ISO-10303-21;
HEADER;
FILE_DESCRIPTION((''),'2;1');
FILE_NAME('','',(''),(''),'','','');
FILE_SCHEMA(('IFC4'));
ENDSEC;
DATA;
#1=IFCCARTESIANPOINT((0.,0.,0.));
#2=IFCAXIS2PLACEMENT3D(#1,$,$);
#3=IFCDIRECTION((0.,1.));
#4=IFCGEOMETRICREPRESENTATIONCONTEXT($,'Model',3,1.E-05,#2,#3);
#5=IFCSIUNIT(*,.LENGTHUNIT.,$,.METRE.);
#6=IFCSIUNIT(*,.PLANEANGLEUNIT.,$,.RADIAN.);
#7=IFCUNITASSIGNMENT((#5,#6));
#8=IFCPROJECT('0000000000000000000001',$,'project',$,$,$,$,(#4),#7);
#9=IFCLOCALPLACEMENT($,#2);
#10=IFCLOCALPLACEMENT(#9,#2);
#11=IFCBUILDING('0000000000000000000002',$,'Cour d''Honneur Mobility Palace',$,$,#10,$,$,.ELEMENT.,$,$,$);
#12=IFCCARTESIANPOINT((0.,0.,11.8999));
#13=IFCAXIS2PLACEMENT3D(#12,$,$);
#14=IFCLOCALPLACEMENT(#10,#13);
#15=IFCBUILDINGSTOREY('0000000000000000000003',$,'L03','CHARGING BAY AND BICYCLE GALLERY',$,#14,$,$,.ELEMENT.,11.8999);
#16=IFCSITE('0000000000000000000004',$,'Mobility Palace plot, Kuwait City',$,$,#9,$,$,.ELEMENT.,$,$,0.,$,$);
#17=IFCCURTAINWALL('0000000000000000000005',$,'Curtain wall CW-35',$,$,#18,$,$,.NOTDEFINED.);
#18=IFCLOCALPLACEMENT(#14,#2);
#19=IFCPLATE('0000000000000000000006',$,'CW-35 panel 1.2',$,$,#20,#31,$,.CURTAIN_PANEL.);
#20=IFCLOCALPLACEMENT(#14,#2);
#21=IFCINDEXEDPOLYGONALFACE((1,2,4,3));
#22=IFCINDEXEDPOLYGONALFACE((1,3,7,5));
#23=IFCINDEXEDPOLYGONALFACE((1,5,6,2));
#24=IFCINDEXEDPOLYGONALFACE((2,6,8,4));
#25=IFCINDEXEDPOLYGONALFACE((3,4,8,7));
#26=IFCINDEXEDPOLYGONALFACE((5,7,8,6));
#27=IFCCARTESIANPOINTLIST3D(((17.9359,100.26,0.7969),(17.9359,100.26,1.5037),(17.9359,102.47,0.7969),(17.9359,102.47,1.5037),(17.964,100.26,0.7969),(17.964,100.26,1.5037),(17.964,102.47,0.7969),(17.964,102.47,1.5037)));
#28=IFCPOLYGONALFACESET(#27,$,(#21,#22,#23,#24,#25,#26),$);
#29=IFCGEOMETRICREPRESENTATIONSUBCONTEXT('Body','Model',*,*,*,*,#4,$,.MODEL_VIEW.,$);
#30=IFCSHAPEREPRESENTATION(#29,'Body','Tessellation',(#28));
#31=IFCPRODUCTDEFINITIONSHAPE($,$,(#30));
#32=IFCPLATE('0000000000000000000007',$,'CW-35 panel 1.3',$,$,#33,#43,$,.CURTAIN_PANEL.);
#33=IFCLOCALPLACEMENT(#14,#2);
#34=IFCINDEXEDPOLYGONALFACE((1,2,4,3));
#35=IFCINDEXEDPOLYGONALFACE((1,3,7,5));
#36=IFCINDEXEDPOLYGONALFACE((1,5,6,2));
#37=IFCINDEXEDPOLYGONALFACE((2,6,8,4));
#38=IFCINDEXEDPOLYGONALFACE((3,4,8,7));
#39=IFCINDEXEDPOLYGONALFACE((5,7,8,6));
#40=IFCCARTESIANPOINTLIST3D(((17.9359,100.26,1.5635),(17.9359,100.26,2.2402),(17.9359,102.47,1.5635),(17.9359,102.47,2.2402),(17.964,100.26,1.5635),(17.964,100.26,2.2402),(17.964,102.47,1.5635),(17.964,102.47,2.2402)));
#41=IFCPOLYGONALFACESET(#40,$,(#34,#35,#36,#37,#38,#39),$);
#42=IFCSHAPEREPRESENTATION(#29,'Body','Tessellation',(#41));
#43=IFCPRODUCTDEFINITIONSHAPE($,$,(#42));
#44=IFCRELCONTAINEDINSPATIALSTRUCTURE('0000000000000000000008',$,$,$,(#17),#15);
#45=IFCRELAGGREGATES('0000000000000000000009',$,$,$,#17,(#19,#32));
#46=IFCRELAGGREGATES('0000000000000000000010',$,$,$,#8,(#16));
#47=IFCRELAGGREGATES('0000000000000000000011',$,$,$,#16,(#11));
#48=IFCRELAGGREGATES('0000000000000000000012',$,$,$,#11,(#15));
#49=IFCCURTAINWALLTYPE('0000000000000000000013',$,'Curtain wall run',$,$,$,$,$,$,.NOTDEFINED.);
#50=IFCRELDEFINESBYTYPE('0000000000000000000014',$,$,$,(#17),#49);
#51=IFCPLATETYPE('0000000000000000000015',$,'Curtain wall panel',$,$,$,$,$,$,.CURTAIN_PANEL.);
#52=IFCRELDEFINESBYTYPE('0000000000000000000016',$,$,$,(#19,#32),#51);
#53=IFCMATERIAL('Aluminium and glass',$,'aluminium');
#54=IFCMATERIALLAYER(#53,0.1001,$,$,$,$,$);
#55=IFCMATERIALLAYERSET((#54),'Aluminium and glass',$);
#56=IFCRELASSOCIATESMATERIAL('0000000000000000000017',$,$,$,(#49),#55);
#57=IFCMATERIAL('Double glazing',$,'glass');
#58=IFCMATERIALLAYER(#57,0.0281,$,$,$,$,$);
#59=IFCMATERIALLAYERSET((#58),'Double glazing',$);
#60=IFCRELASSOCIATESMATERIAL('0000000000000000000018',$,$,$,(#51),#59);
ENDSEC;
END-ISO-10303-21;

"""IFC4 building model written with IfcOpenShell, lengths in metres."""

from ifc_helpers import new_model, si_unit, direction, frame, origin, origin_2d, place, context, subcontext, project, spatial, rectangle, extrude, material, layer, layer_set, type_object, element, aggregate, save


model = new_model("IFC4")

# Units and contexts
model_context = context("Model", 3, precision=1e-05, world=origin(), true_north=direction((0.0, 1.0)))
body_context = subcontext(model_context, "Body", "Model", "MODEL_VIEW")
ifc_project = project(units=[si_unit("LENGTHUNIT", "METRE"), si_unit("PLANEANGLEUNIT", "RADIAN")], contexts=[model_context])

# Site, building, storey
site_placement = place(None, origin())
site = spatial("IfcSite", under=ifc_project, at=site_placement, Name="Mobility Palace plot, Kuwait City", CompositionType="ELEMENT", RefElevation=0.0)
building_placement = place(site_placement, origin())
building = spatial("IfcBuilding", under=site, at=building_placement, Name="Cour d'Honneur Mobility Palace", CompositionType="ELEMENT")
storey_placement = place(building_placement, frame((0.0, 0.0, 11.8999)))
storey = spatial("IfcBuildingStorey", under=building, at=storey_placement, Name="L03", Description="CHARGING BAY AND BICYCLE GALLERY", CompositionType="ELEMENT", Elevation=11.8999)

# Curtain wall
ifc_material_1 = material(Name="Aluminium and glass", Category="aluminium")
ifc_layer_1 = layer(ifc_material_1, 0.1001)
ifc_layer_set_1 = layer_set([ifc_layer_1], Name="Aluminium and glass")
curtain_wall_type = type_object("IfcCurtainWallType", Name="Curtain wall run", PredefinedType="NOTDEFINED", material=ifc_layer_set_1)
curtain_wall_1_placement = place(storey_placement, origin())
curtain_wall_1 = element("IfcCurtainWall", 1, at=curtain_wall_1_placement, inside=storey, type_object=curtain_wall_type, Name="Curtain wall CW-35", PredefinedType="NOTDEFINED")

# Plates
ifc_material_2 = material(Name="Double glazing", Category="glass")
ifc_layer_2 = layer(ifc_material_2, 0.0281)
ifc_layer_set_2 = layer_set([ifc_layer_2], Name="Double glazing")
plate_type = type_object("IfcPlateType", Name="Curtain wall panel", PredefinedType="CURTAIN_PANEL", material=ifc_layer_set_2)
plate_1_placement = place(storey_placement, frame((17.95, 101.365, 0.7969), z_axis=(0.0, 0.0, 1.0), x_axis=(0.0, 1.0, 0.0)))
plate_1 = element("IfcPlate", 2, at=plate_1_placement, type_object=plate_type, Name="CW-35 panel 1.2", PredefinedType="CURTAIN_PANEL", context=body_context, shape_type="SweptSolid", body=[
    extrude(rectangle(XDim=2.21, YDim=0.0281, at=origin_2d()), origin(), (0.0, 0.0, 1.0), 0.7068),
])
plate_2_placement = place(storey_placement, frame((17.95, 101.365, 1.5635), z_axis=(0.0, 0.0, 1.0), x_axis=(0.0, 1.0, 0.0)))
plate_2 = element("IfcPlate", 3, at=plate_2_placement, type_object=plate_type, Name="CW-35 panel 1.3", PredefinedType="CURTAIN_PANEL", context=body_context, shape_type="SweptSolid", body=[
    extrude(rectangle(XDim=2.21, YDim=0.0281, at=origin_2d()), origin(), (0.0, 0.0, 1.0), 0.6768),
])
aggregate(curtain_wall_1, [plate_1, plate_2])

save(model, "model.ifc")
